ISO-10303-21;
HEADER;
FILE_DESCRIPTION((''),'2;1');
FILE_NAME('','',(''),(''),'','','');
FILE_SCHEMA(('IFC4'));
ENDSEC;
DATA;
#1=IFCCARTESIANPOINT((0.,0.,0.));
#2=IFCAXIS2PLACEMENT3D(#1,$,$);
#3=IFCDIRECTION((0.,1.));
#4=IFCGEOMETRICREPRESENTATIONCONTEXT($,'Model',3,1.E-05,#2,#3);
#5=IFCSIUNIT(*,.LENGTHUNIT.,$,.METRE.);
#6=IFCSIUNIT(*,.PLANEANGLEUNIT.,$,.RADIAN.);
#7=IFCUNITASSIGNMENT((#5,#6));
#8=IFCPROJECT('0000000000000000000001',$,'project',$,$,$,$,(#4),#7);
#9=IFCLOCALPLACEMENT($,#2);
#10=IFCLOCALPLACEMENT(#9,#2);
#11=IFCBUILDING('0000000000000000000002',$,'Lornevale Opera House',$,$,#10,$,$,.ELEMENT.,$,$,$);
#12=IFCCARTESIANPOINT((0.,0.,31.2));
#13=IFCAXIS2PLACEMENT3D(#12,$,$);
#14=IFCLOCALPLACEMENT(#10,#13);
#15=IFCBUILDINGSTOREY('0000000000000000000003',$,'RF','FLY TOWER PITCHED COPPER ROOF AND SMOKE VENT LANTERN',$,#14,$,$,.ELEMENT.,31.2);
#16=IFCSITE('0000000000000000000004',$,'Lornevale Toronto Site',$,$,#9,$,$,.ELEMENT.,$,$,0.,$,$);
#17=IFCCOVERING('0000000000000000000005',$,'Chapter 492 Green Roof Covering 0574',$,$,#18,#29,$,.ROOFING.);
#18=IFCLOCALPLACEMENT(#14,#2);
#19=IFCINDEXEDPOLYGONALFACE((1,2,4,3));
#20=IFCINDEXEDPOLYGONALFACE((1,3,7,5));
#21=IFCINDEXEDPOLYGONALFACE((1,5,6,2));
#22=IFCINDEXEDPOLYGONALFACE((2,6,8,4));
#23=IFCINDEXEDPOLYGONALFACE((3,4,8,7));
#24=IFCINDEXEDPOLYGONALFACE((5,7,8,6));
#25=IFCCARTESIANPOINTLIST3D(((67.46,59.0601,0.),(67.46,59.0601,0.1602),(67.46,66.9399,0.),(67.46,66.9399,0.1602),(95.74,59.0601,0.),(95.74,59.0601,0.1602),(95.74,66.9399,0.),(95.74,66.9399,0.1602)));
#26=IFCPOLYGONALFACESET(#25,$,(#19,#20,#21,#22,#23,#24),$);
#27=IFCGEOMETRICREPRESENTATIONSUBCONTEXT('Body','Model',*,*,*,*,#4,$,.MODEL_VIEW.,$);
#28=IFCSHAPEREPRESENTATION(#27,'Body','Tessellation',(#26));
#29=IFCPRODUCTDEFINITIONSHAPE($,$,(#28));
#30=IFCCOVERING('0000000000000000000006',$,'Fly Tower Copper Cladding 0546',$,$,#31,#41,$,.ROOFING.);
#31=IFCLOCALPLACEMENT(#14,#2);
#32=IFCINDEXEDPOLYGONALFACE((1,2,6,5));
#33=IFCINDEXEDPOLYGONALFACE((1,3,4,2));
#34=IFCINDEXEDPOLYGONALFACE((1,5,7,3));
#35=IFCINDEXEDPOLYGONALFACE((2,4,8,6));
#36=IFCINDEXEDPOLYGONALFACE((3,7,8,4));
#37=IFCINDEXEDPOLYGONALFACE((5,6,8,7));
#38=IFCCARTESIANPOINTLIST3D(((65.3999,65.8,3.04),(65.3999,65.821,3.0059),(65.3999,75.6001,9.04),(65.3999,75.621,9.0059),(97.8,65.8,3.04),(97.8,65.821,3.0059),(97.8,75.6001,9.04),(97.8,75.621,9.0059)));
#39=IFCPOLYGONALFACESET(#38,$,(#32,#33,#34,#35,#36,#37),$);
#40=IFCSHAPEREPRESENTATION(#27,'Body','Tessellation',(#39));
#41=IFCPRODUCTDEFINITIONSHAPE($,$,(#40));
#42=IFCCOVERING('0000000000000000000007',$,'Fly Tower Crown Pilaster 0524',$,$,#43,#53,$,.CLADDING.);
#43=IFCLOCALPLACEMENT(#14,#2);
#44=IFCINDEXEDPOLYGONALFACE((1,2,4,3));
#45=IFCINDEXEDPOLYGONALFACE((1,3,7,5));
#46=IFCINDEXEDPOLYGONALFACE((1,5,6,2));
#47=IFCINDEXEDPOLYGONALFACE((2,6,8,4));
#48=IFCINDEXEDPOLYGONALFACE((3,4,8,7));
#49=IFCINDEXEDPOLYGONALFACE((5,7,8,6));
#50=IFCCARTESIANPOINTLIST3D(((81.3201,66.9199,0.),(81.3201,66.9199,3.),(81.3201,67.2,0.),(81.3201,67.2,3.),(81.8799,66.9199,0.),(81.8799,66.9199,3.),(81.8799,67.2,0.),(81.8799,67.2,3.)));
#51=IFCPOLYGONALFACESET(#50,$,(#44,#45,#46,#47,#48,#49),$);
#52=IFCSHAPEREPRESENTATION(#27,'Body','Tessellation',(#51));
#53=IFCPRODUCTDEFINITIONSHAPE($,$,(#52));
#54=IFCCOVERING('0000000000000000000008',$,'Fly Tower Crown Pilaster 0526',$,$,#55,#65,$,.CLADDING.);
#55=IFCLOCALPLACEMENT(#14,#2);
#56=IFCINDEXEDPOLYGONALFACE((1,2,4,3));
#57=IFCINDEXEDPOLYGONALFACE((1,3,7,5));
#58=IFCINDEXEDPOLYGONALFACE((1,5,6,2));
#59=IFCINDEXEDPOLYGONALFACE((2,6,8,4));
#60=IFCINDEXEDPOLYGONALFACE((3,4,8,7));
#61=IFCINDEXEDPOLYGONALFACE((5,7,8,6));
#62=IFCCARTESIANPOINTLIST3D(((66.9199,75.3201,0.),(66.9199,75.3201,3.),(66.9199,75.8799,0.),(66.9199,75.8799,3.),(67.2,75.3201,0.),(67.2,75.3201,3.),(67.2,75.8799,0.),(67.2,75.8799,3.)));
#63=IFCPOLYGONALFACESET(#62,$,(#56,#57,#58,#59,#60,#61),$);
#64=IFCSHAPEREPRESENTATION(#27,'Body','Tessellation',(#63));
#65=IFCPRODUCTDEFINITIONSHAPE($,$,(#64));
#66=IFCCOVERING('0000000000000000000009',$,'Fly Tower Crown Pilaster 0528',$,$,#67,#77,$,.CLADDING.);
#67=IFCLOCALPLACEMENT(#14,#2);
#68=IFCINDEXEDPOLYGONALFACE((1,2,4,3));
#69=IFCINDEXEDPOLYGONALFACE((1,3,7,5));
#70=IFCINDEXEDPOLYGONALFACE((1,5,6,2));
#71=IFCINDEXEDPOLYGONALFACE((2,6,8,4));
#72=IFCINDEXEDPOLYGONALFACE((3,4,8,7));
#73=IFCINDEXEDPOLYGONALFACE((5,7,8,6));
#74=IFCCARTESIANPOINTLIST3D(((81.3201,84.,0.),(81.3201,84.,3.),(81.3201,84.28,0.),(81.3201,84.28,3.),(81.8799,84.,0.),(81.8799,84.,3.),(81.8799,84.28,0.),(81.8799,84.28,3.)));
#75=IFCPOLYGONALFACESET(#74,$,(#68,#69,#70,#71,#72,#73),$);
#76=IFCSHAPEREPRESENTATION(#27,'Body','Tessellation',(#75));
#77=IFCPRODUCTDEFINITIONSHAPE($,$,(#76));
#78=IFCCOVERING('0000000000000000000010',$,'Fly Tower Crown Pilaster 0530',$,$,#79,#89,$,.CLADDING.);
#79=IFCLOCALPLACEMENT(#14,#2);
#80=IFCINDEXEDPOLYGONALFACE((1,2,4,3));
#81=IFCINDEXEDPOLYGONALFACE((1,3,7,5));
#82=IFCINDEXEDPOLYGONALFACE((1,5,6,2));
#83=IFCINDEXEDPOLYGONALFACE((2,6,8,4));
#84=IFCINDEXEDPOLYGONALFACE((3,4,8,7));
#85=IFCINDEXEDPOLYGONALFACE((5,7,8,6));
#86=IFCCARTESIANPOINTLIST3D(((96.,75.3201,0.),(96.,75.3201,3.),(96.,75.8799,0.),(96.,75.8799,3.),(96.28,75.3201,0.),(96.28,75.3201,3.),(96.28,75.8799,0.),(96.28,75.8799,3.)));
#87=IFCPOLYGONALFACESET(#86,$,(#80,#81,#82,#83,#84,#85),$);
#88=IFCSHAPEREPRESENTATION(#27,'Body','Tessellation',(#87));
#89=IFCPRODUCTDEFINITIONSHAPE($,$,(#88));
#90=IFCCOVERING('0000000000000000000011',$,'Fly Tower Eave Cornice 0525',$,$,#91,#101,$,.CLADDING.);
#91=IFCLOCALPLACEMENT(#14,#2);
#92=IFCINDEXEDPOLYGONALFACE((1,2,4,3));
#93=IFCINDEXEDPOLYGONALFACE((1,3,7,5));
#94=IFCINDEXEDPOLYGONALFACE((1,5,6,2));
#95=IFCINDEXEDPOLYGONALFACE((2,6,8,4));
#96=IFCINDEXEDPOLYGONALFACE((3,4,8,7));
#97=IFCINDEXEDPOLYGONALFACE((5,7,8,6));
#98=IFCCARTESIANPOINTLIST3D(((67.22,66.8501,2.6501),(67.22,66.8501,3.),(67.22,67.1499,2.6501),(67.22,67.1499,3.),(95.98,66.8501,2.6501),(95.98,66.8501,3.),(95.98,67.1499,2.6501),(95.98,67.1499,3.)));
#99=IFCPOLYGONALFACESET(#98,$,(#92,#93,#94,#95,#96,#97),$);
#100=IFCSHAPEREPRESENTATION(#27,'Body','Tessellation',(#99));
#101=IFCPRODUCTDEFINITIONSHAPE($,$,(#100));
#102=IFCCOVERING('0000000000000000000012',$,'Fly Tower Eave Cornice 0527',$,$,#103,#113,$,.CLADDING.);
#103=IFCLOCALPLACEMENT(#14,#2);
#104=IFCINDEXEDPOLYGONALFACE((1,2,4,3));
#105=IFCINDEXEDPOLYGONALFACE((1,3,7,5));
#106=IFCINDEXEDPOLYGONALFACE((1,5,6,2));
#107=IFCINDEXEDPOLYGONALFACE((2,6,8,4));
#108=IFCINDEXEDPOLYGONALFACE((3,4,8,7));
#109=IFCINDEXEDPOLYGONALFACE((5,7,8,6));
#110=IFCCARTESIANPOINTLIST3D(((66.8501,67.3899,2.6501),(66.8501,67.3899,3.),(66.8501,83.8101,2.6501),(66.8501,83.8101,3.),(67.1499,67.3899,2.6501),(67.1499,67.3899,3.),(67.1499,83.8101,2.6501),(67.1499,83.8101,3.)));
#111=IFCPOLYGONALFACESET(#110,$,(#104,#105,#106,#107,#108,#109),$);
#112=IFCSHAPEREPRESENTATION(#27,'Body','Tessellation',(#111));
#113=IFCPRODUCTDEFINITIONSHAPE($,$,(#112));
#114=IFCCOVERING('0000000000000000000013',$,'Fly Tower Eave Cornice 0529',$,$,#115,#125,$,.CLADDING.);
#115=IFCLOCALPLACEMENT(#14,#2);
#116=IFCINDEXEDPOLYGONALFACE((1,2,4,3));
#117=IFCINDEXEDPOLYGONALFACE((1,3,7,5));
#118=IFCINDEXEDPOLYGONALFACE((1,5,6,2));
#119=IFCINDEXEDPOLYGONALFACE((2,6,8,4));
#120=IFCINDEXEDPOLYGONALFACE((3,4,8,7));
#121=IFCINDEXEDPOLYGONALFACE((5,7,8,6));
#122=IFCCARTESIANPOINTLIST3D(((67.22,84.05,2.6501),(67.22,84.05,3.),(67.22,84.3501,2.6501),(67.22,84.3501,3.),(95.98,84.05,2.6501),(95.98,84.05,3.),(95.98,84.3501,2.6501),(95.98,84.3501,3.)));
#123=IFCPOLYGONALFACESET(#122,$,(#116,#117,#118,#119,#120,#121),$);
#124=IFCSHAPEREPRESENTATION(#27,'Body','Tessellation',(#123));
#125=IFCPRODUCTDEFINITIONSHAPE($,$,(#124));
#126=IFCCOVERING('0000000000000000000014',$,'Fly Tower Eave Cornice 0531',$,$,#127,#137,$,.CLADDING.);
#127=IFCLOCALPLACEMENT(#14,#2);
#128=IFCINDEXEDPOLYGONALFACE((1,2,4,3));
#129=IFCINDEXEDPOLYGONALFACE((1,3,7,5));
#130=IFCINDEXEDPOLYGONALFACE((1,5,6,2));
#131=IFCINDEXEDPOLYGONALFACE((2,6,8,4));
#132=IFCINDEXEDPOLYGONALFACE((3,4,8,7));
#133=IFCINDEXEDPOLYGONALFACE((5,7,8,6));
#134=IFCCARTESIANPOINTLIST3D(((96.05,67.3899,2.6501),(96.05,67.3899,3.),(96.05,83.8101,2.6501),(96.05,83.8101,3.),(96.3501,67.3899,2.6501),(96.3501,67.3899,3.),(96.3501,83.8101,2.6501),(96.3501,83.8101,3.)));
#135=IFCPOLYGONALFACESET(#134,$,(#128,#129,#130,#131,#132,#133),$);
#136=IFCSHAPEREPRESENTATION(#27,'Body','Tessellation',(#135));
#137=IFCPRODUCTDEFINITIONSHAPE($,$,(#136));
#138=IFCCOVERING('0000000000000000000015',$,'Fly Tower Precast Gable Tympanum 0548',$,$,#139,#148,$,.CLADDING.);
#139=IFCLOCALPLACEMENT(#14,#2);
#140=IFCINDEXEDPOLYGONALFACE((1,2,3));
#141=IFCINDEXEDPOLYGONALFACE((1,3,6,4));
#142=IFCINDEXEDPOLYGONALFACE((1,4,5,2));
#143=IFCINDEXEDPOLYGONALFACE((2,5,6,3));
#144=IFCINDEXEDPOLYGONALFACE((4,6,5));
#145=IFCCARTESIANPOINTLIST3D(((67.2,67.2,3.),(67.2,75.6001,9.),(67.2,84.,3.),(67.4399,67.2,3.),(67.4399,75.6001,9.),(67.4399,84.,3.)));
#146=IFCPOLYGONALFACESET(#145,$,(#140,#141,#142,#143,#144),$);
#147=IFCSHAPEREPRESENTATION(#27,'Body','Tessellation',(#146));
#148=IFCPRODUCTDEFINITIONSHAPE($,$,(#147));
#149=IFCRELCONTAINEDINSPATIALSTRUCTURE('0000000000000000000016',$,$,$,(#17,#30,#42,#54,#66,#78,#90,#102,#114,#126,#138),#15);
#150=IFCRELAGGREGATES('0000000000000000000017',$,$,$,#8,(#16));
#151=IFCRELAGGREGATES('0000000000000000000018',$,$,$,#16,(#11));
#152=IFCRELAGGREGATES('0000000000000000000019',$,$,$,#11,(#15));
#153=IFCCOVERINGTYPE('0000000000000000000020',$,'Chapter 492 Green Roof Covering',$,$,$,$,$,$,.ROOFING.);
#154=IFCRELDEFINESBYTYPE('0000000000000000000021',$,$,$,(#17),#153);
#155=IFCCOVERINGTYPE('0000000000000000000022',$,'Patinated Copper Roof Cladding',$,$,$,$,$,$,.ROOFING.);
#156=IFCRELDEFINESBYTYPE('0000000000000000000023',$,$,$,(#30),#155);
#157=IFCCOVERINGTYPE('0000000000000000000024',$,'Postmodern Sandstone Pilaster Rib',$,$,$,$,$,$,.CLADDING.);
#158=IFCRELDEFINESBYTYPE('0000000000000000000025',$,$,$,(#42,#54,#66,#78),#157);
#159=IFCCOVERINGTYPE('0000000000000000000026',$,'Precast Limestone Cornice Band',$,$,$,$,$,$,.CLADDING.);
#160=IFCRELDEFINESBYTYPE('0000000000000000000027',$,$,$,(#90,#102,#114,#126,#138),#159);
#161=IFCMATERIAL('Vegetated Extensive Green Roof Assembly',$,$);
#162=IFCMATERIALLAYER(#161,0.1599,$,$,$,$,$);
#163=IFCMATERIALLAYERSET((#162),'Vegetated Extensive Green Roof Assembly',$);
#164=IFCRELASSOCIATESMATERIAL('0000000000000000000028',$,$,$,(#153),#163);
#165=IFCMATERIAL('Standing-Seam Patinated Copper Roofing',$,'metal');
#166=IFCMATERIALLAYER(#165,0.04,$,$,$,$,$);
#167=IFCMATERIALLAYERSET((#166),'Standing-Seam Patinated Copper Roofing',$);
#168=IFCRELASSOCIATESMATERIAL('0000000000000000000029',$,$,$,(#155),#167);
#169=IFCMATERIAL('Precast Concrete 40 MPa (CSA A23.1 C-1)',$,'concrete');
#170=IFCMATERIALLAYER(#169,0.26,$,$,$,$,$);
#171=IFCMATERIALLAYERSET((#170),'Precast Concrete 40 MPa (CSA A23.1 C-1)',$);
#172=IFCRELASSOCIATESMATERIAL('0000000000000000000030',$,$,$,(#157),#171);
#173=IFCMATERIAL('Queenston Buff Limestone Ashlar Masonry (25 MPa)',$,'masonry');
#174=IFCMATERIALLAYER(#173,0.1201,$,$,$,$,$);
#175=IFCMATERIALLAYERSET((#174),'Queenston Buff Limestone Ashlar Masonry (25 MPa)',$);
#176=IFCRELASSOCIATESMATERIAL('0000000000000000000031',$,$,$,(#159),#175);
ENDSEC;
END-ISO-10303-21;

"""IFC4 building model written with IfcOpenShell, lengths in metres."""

from ifc_helpers import new_model, si_unit, direction, frame, origin, place, context, subcontext, project, spatial, polyline, outline, extrude, material, layer, layer_set, type_object, element, save


model = new_model("IFC4")

# Units and contexts
model_context = context("Model", 3, precision=1e-05, world=origin(), true_north=direction((0.0, 1.0)))
body_context = subcontext(model_context, "Body", "Model", "MODEL_VIEW")
ifc_project = project(units=[si_unit("LENGTHUNIT", "METRE"), si_unit("PLANEANGLEUNIT", "RADIAN")], contexts=[model_context])

# Site, building, storey
site_placement = place(None, origin())
site = spatial("IfcSite", under=ifc_project, at=site_placement, Name="Lornevale Toronto Site", CompositionType="ELEMENT", RefElevation=0.0)
building_placement = place(site_placement, origin())
building = spatial("IfcBuilding", under=site, at=building_placement, Name="Lornevale Opera House", CompositionType="ELEMENT")
storey_placement = place(building_placement, frame((0.0, 0.0, 31.2)))
storey = spatial("IfcBuildingStorey", under=building, at=storey_placement, Name="RF", Description="FLY TOWER PITCHED COPPER ROOF AND SMOKE VENT LANTERN", CompositionType="ELEMENT", Elevation=31.2)

# Shared definitions
ifc_material_1 = material(Name="Queenston Buff Limestone Ashlar Masonry (25 MPa)", Category="masonry")

# Shared definitions
ifc_material_2 = material(Name="Standing-Seam Patinated Copper Roofing", Category="metal")

# Coverings
ifc_material_3 = material(Name="Vegetated Extensive Green Roof Assembly")
ifc_layer_1 = layer(ifc_material_3, 0.1599)
ifc_layer_set_1 = layer_set([ifc_layer_1], Name="Vegetated Extensive Green Roof Assembly")
covering_type_1 = type_object("IfcCoveringType", Name="Chapter 492 Green Roof Covering", PredefinedType="ROOFING", material=ifc_layer_set_1)
covering_1_placement = place(storey_placement, origin())
element("IfcCovering", 1, at=covering_1_placement, inside=storey, type_object=covering_type_1, Name="Chapter 492 Green Roof Covering 0574", PredefinedType="ROOFING", context=body_context, shape_type="SweptSolid", body=[
    extrude(outline(polyline([(95.74, 66.9399), (95.74, 59.0601), (67.46, 59.0601), (67.46, 66.9399), (95.74, 66.9399)])), origin(), (0.0, 0.0, 1.0), 0.1602),
])
ifc_layer_2 = layer(ifc_material_2, 0.04)
ifc_layer_set_2 = layer_set([ifc_layer_2], Name="Standing-Seam Patinated Copper Roofing")
covering_type_2 = type_object("IfcCoveringType", Name="Patinated Copper Roof Cladding", PredefinedType="ROOFING", material=ifc_layer_set_2)
covering_2_placement = place(storey_placement, frame((65.3999, 65.8, 3.04), z_axis=(0.0, -0.522152, 0.852852), x_axis=(1.0, 0.0, 0.0)))
element("IfcCovering", 2, at=covering_2_placement, inside=storey, type_object=covering_type_2, Name="Fly Tower Copper Cladding 0546", PredefinedType="ROOFING", context=body_context, shape_type="SweptSolid", body=[
    extrude(outline(polyline([(0.0, 0.0), (32.4001, 0.0), (32.4001, 11.4909), (0.0, 11.4909), (0.0, 0.0)])), origin(), (0.0, 0.0, -1.0), 0.04),
])
ifc_material_4 = material(Name="Precast Concrete 40 MPa (CSA A23.1 C-1)", Category="concrete")
ifc_layer_3 = layer(ifc_material_4, 0.26)
ifc_layer_set_3 = layer_set([ifc_layer_3], Name="Precast Concrete 40 MPa (CSA A23.1 C-1)")
covering_type_3 = type_object("IfcCoveringType", Name="Postmodern Sandstone Pilaster Rib", PredefinedType="CLADDING", material=ifc_layer_set_3)
covering_3_placement = place(storey_placement, origin())
element("IfcCovering", 3, at=covering_3_placement, inside=storey, type_object=covering_type_3, Name="Fly Tower Crown Pilaster 0524", PredefinedType="CLADDING", context=body_context, shape_type="SweptSolid", body=[
    extrude(outline(polyline([(81.8799, 67.2), (81.3201, 67.2), (81.3201, 66.9199), (81.8799, 66.9199), (81.8799, 67.2)])), origin(), (0.0, 0.0, 1.0), 3.0),
])
covering_4_placement = place(storey_placement, origin())
element("IfcCovering", 4, at=covering_4_placement, inside=storey, type_object=covering_type_3, Name="Fly Tower Crown Pilaster 0526", PredefinedType="CLADDING", context=body_context, shape_type="SweptSolid", body=[
    extrude(outline(polyline([(67.2, 75.3201), (67.2, 75.8799), (66.9199, 75.8799), (66.9199, 75.3201), (67.2, 75.3201)])), origin(), (0.0, 0.0, 1.0), 3.0),
])
covering_5_placement = place(storey_placement, origin())
element("IfcCovering", 5, at=covering_5_placement, inside=storey, type_object=covering_type_3, Name="Fly Tower Crown Pilaster 0528", PredefinedType="CLADDING", context=body_context, shape_type="SweptSolid", body=[
    extrude(outline(polyline([(81.3201, 84.0), (81.8799, 84.0), (81.8799, 84.28), (81.3201, 84.28), (81.3201, 84.0)])), origin(), (0.0, 0.0, 1.0), 3.0),
])
covering_6_placement = place(storey_placement, origin())
element("IfcCovering", 6, at=covering_6_placement, inside=storey, type_object=covering_type_3, Name="Fly Tower Crown Pilaster 0530", PredefinedType="CLADDING", context=body_context, shape_type="SweptSolid", body=[
    extrude(outline(polyline([(96.0, 75.8799), (96.0, 75.3201), (96.28, 75.3201), (96.28, 75.8799), (96.0, 75.8799)])), origin(), (0.0, 0.0, 1.0), 3.0),
])
ifc_layer_4 = layer(ifc_material_1, 0.1201)
ifc_layer_set_4 = layer_set([ifc_layer_4], Name="Queenston Buff Limestone Ashlar Masonry (25 MPa)")
covering_type_4 = type_object("IfcCoveringType", Name="Precast Limestone Cornice Band", PredefinedType="CLADDING", material=ifc_layer_set_4)
covering_7_placement = place(storey_placement, frame((0.0, 0.0, 2.6501)))
element("IfcCovering", 7, at=covering_7_placement, inside=storey, type_object=covering_type_4, Name="Fly Tower Eave Cornice 0525", PredefinedType="CLADDING", context=body_context, shape_type="SweptSolid", body=[
    extrude(outline(polyline([(95.98, 67.1499), (67.22, 67.1499), (67.22, 66.8501), (95.98, 66.8501), (95.98, 67.1499)])), origin(), (0.0, 0.0, 1.0), 0.3499),
])
covering_8_placement = place(storey_placement, frame((0.0, 0.0, 2.6501)))
element("IfcCovering", 8, at=covering_8_placement, inside=storey, type_object=covering_type_4, Name="Fly Tower Eave Cornice 0527", PredefinedType="CLADDING", context=body_context, shape_type="SweptSolid", body=[
    extrude(outline(polyline([(67.1499, 67.3899), (67.1499, 83.8101), (66.8501, 83.8101), (66.8501, 67.3899), (67.1499, 67.3899)])), origin(), (0.0, 0.0, 1.0), 0.3499),
])
covering_9_placement = place(storey_placement, frame((0.0, 0.0, 2.6501)))
element("IfcCovering", 9, at=covering_9_placement, inside=storey, type_object=covering_type_4, Name="Fly Tower Eave Cornice 0529", PredefinedType="CLADDING", context=body_context, shape_type="SweptSolid", body=[
    extrude(outline(polyline([(67.22, 84.05), (95.98, 84.05), (95.98, 84.3501), (67.22, 84.3501), (67.22, 84.05)])), origin(), (0.0, 0.0, 1.0), 0.3499),
])
covering_10_placement = place(storey_placement, frame((0.0, 0.0, 2.6501)))
element("IfcCovering", 10, at=covering_10_placement, inside=storey, type_object=covering_type_4, Name="Fly Tower Eave Cornice 0531", PredefinedType="CLADDING", context=body_context, shape_type="SweptSolid", body=[
    extrude(outline(polyline([(96.05, 83.8101), (96.05, 67.3899), (96.3501, 67.3899), (96.3501, 83.8101), (96.05, 83.8101)])), origin(), (0.0, 0.0, 1.0), 0.3499),
])
covering_11_placement = place(storey_placement, frame((67.2, 67.2, 3.0), z_axis=(-1.0, 0.0, 0.0), x_axis=(0.0, 0.813738, 0.581231)))
element("IfcCovering", 11, at=covering_11_placement, inside=storey, type_object=covering_type_4, Name="Fly Tower Precast Gable Tympanum 0548", PredefinedType="CLADDING", context=body_context, shape_type="SweptSolid", body=[
    extrude(outline(polyline([(0.0, 0.0), (10.3229, 0.0), (13.6708, 9.7647), (0.0, 0.0)])), origin(), (0.0, 0.0, -1.0), 0.24),
])

save(model, "model.ifc")
